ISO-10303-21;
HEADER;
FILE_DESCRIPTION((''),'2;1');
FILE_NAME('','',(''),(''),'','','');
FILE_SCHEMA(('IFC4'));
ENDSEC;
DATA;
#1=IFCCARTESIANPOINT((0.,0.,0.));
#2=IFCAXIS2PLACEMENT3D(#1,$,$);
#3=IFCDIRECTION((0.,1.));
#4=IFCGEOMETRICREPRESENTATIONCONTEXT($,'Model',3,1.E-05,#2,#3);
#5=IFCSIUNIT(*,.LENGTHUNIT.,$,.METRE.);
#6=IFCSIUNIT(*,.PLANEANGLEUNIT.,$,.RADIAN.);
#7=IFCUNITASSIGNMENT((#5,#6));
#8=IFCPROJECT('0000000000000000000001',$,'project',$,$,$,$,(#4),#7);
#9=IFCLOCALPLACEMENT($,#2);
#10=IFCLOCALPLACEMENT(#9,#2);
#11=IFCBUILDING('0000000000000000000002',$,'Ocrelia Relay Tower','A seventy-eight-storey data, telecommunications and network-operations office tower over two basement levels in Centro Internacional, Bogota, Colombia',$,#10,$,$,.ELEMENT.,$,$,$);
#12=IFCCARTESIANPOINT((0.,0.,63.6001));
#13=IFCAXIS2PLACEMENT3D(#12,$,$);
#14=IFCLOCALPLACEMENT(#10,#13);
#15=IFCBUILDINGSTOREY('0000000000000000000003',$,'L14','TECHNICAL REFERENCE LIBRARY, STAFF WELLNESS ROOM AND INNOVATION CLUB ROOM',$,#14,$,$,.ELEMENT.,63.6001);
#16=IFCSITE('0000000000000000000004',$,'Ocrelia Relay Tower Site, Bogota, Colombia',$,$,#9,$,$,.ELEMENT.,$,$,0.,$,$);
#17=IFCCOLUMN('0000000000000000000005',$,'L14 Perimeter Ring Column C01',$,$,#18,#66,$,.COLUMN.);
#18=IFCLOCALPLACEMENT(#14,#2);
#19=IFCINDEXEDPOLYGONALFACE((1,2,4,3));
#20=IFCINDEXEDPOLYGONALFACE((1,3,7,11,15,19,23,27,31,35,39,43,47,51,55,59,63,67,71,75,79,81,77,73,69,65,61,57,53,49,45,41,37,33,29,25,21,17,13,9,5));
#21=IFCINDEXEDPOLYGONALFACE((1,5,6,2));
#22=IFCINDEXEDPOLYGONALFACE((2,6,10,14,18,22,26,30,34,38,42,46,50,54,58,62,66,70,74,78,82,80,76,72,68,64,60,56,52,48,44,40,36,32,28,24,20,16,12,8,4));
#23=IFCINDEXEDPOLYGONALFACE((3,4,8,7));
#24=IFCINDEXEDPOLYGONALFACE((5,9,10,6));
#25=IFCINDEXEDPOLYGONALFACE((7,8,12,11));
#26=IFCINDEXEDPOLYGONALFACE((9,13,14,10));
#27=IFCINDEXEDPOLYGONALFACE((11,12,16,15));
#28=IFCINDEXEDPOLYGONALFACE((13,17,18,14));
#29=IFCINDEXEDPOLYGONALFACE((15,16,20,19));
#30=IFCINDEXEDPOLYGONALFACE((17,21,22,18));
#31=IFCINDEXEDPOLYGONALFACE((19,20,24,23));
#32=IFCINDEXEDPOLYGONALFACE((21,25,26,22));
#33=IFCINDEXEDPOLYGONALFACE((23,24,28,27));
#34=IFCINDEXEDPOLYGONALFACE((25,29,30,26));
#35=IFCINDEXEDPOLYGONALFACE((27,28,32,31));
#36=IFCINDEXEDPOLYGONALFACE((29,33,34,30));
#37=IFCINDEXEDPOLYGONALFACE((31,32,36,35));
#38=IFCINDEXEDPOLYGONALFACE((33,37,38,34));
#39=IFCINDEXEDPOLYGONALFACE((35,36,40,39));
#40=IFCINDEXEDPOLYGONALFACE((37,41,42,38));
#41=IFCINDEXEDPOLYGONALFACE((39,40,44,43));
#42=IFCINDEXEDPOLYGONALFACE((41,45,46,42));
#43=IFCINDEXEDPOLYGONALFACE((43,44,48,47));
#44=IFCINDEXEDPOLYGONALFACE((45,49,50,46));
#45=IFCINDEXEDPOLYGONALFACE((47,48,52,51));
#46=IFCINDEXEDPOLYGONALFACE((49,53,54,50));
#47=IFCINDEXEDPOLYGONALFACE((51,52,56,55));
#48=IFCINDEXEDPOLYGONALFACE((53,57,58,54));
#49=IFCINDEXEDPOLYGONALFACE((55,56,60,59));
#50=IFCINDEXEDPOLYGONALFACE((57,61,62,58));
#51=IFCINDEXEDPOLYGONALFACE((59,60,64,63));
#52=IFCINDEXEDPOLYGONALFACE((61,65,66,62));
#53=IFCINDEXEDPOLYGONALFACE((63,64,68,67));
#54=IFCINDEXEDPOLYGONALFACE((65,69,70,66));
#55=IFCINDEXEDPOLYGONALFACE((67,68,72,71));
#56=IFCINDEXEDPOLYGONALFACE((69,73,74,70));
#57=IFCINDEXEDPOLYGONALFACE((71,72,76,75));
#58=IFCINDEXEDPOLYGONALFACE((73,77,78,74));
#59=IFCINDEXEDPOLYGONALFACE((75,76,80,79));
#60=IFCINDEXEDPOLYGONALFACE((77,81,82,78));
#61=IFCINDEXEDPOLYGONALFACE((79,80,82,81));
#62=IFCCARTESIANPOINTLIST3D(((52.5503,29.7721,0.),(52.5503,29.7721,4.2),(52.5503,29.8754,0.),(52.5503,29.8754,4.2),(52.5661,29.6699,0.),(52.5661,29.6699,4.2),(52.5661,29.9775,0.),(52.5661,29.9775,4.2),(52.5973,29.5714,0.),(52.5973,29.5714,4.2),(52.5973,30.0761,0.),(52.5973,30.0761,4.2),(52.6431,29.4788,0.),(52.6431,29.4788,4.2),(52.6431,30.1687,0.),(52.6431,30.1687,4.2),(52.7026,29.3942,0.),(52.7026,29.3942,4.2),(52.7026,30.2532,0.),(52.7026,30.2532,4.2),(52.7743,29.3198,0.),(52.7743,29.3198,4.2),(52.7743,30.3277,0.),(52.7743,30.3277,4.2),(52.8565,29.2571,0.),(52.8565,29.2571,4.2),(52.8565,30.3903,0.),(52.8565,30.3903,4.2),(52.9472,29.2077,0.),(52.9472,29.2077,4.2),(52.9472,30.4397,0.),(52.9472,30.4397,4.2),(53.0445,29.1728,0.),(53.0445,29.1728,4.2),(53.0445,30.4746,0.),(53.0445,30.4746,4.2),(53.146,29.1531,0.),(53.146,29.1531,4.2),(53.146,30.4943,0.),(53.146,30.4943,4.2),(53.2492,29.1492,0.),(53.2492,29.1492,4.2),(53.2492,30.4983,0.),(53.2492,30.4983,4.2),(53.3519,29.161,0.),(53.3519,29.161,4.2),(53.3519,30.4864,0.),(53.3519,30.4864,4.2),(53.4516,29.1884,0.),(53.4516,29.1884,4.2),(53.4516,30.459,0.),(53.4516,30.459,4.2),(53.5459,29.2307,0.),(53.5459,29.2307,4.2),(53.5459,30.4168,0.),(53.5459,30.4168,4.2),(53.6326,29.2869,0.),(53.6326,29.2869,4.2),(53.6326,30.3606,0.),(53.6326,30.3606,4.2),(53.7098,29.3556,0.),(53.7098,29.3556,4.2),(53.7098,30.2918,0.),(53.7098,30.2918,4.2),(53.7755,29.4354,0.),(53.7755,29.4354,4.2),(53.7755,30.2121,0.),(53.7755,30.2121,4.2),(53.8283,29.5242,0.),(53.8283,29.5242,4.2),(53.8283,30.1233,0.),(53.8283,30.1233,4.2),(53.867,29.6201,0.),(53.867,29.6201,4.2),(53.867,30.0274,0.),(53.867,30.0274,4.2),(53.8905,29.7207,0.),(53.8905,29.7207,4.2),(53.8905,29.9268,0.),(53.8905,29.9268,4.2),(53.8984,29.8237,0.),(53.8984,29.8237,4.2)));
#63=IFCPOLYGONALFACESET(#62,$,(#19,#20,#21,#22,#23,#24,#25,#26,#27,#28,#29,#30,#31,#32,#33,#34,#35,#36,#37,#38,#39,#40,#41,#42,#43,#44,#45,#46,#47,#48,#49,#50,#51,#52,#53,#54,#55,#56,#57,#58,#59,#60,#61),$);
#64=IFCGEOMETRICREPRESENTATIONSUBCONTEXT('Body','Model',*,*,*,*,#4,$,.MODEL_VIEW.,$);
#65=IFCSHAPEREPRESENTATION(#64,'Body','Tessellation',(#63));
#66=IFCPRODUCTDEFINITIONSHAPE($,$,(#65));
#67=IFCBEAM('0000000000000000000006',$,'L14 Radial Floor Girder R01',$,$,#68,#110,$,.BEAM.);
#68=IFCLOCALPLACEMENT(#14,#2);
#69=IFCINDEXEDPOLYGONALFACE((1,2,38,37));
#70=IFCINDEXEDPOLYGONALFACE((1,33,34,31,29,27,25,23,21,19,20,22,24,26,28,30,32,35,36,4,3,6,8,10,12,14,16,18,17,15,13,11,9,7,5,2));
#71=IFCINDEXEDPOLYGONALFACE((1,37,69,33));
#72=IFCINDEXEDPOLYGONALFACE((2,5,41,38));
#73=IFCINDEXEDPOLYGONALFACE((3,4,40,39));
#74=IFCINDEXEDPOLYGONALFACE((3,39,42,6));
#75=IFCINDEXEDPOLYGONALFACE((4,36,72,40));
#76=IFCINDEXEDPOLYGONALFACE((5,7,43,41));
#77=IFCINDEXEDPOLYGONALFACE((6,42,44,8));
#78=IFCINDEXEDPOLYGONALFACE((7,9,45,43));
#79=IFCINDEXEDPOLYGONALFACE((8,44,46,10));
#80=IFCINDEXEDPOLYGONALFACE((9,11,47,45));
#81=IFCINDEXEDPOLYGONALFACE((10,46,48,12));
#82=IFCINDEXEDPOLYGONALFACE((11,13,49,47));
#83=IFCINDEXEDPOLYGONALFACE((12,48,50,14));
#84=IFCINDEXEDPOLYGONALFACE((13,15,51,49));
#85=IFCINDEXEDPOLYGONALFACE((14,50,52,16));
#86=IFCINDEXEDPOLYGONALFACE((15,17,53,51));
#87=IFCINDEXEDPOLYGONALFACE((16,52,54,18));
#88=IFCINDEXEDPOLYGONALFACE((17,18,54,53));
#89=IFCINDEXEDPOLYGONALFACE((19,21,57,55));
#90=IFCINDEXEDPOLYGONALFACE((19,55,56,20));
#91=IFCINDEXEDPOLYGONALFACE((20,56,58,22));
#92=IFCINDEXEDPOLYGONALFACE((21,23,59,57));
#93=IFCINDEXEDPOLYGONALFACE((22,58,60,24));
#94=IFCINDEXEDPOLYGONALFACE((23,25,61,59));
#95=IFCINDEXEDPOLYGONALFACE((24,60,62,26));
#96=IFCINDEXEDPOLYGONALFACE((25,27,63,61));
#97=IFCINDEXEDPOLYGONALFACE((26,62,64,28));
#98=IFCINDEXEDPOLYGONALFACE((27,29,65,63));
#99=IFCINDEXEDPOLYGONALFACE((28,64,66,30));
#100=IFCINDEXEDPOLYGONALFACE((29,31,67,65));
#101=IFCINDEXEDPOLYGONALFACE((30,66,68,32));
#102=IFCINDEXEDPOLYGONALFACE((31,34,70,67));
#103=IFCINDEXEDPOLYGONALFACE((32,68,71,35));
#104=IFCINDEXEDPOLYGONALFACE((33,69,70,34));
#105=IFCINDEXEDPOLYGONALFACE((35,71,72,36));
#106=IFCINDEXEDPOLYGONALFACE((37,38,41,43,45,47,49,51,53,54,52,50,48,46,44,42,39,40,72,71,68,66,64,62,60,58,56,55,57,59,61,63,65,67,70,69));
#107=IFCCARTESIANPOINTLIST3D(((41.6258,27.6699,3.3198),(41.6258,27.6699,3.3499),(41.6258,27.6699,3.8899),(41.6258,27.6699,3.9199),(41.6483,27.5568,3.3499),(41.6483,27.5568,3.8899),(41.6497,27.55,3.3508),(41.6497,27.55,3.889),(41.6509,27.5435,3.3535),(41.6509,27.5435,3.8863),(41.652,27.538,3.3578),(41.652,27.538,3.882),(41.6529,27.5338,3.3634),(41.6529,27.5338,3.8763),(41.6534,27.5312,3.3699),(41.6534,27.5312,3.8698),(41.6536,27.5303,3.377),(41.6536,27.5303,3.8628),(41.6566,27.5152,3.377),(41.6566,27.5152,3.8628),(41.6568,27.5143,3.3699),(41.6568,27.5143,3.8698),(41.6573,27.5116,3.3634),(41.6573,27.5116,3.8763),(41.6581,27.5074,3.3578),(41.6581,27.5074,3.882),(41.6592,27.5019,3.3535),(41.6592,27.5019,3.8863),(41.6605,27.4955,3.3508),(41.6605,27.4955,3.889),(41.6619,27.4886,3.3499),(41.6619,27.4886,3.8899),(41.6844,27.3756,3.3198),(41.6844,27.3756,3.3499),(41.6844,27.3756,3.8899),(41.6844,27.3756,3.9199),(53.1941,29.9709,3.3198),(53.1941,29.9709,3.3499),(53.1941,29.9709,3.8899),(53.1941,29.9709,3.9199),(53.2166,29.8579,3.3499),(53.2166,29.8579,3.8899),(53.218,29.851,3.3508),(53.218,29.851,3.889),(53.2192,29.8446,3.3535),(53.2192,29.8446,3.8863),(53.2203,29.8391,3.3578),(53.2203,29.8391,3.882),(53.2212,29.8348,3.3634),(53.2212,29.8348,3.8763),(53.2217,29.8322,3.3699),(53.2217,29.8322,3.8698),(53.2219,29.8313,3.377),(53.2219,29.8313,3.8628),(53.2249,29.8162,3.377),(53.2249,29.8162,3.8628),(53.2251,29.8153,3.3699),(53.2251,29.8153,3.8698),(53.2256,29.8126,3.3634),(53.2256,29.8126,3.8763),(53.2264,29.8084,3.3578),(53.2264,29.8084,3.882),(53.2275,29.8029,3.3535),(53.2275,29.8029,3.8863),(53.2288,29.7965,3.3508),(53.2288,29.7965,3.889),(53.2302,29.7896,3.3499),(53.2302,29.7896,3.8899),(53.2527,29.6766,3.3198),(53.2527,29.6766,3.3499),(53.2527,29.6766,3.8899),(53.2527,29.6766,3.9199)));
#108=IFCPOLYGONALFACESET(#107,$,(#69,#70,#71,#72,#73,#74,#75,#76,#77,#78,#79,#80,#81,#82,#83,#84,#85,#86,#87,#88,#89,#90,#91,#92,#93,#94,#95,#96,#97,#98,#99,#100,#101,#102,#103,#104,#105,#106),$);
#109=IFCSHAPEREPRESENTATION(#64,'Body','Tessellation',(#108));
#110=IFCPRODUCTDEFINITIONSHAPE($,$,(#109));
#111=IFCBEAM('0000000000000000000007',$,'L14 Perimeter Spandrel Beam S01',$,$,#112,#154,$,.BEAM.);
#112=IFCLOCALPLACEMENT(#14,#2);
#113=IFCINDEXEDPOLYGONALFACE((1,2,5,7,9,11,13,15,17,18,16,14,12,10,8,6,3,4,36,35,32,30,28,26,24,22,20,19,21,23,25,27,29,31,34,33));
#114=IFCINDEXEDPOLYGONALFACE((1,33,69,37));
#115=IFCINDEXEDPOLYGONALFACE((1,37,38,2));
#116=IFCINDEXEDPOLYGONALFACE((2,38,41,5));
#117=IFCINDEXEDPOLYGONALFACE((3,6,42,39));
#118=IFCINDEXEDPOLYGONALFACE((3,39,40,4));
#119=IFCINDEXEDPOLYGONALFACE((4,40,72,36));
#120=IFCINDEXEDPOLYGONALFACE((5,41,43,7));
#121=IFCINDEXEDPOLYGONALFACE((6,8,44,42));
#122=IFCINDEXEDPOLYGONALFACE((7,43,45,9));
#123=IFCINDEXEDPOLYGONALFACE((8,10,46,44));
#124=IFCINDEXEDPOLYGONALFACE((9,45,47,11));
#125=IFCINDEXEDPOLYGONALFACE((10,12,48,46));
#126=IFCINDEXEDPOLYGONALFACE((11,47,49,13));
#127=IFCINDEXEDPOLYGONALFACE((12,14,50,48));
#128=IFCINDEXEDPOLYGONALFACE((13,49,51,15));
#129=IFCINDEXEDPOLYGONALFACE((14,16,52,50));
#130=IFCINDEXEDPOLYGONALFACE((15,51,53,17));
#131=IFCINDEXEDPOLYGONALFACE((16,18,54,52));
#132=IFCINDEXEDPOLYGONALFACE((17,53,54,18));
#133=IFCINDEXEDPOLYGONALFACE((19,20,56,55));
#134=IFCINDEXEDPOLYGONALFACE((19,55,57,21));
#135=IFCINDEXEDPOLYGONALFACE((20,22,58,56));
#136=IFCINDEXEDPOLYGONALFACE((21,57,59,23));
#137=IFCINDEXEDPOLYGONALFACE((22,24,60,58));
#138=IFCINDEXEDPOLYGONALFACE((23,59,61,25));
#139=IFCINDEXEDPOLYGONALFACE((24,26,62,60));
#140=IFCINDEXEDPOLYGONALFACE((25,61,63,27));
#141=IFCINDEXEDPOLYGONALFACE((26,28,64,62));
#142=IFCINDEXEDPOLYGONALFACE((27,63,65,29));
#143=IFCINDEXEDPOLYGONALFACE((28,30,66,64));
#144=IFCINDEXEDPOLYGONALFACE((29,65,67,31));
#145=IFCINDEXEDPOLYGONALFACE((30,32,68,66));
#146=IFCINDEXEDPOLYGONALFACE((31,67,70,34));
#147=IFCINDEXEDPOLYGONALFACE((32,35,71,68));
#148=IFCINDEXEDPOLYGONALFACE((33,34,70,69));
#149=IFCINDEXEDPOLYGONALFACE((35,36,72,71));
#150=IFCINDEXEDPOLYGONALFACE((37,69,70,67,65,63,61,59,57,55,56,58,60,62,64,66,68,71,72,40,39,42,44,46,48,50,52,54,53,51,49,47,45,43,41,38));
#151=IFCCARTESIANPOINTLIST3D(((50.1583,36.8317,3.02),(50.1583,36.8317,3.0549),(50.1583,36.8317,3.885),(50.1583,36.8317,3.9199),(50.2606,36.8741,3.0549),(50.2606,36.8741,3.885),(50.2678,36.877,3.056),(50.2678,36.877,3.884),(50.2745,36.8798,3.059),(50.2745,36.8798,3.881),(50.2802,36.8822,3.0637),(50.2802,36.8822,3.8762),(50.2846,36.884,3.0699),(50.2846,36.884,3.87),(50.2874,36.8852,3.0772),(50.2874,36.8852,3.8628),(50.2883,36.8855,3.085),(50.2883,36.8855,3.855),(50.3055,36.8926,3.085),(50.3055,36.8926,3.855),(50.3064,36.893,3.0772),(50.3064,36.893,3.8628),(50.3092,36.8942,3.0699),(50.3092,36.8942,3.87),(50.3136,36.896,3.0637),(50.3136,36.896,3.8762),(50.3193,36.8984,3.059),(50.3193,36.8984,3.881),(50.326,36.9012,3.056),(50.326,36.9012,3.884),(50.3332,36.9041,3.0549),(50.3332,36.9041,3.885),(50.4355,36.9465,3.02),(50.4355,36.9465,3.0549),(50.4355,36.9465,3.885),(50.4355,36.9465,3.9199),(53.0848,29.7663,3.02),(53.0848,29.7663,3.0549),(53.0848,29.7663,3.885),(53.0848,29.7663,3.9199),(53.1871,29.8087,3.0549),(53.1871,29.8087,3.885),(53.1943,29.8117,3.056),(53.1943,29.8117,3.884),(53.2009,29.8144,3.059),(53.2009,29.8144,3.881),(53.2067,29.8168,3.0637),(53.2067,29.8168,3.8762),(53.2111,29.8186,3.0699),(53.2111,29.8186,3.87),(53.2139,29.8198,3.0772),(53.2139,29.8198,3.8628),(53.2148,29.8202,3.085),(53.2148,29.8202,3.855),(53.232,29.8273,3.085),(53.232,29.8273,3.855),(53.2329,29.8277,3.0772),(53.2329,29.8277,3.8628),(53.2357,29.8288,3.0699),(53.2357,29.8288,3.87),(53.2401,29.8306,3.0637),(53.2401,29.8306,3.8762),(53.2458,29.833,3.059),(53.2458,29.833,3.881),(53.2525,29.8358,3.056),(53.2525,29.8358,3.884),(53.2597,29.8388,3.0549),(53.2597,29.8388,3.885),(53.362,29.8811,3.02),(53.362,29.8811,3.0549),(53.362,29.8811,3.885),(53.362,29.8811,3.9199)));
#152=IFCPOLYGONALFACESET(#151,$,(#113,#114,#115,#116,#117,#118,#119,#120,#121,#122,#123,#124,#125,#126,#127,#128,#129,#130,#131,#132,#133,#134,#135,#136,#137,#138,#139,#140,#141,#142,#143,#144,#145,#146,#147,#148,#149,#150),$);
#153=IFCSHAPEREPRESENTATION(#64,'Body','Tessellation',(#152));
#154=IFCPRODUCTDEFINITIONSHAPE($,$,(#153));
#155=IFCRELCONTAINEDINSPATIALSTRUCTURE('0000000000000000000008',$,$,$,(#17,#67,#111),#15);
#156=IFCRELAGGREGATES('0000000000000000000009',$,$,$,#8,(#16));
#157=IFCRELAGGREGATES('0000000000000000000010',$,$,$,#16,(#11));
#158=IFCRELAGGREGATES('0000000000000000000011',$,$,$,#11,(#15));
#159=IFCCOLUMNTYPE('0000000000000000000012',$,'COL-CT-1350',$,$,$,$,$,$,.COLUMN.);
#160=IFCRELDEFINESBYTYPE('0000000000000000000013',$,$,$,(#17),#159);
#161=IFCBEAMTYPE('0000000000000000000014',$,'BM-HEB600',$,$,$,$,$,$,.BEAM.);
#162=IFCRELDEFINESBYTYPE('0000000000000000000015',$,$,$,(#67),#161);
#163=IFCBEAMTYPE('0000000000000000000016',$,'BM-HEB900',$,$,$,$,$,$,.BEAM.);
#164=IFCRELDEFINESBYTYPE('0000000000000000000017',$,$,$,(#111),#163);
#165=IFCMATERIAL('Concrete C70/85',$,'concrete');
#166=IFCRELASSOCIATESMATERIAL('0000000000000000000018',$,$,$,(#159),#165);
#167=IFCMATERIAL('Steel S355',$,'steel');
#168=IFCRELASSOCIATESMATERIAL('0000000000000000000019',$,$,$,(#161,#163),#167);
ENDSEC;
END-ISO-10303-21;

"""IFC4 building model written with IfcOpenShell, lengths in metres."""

from ifc_helpers import new_model, si_unit, direction, frame, origin, origin_2d, place, context, subcontext, project, spatial, circle, i_section, extrude, material, material_profile, profile_set, type_object, element, save


model = new_model("IFC4")

# Units and contexts
model_context = context("Model", 3, precision=1e-05, world=origin(), true_north=direction((0.0, 1.0)))
body_context = subcontext(model_context, "Body", "Model", "MODEL_VIEW")
ifc_project = project(units=[si_unit("LENGTHUNIT", "METRE"), si_unit("PLANEANGLEUNIT", "RADIAN")], contexts=[model_context])

# Site, building, storey
site_placement = place(None, origin())
site = spatial("IfcSite", under=ifc_project, at=site_placement, Name="Ocrelia Relay Tower Site, Bogota, Colombia", CompositionType="ELEMENT", RefElevation=0.0)
building_placement = place(site_placement, origin())
building = spatial("IfcBuilding", under=site, at=building_placement, Name="Ocrelia Relay Tower", Description="A seventy-eight-storey data, telecommunications and network-operations office tower over two basement levels in Centro Internacional, Bogota, Colombia", CompositionType="ELEMENT")
storey_placement = place(building_placement, frame((0.0, 0.0, 63.6001)))
storey = spatial("IfcBuildingStorey", under=building, at=storey_placement, Name="L14", Description="TECHNICAL REFERENCE LIBRARY, STAFF WELLNESS ROOM AND INNOVATION CLUB ROOM", CompositionType="ELEMENT", Elevation=63.6001)

# Column
ifc_material_1 = material(Name="Concrete C70/85", Category="concrete")
ifc_material_profile_1 = material_profile(ifc_material_1, circle(Radius=0.675, at=origin_2d()), Name="RC-CIR-1350")
ifc_profile_set_1 = profile_set([ifc_material_profile_1], Name="Concrete C70/85")
column_type = type_object("IfcColumnType", Name="COL-CT-1350", PredefinedType="COLUMN", material=ifc_profile_set_1)
column_placement = place(storey_placement, frame((53.2234, 29.8237, 0.0), z_axis=(0.0, 0.0, 1.0), x_axis=(1.0, 0.0, 0.0)))
element("IfcColumn", 1, at=column_placement, inside=storey, type_object=column_type, Name="L14 Perimeter Ring Column C01", PredefinedType="COLUMN", context=body_context, shape_type="SweptSolid", body=[
    extrude(circle(Radius=0.675, at=origin_2d()), origin(), (0.0, 0.0, 1.0), 4.2),
])

# Beams
ifc_material_2 = material(Name="Steel S355", Category="steel")
ifc_material_profile_2 = material_profile(ifc_material_2, i_section(OverallWidth=0.3, OverallDepth=0.6001, WebThickness=0.0154, FlangeThickness=0.03, FilletRadius=0.0271, at=origin_2d()), Name="HEB 600")
ifc_profile_set_2 = profile_set([ifc_material_profile_2], Name="Steel S355")
beam_type_1 = type_object("IfcBeamType", Name="BM-HEB600", PredefinedType="BEAM", material=ifc_profile_set_2)
beam_1_placement = place(storey_placement, frame((53.2234, 29.8237, 3.6199), z_axis=(-0.980786, -0.195085, 0.0), x_axis=(0.195085, -0.980786, 0.0)))
element("IfcBeam", 2, at=beam_1_placement, inside=storey, type_object=beam_type_1, Name="L14 Radial Floor Girder R01", PredefinedType="BEAM", context=body_context, shape_type="SweptSolid", body=[
    extrude(i_section(OverallWidth=0.3, OverallDepth=0.6001, WebThickness=0.0154, FlangeThickness=0.03, FilletRadius=0.0271, at=origin_2d()), origin(), (0.0, 0.0, 1.0), 11.7949),
])
ifc_material_profile_3 = material_profile(ifc_material_2, i_section(OverallWidth=0.3, OverallDepth=0.8999, WebThickness=0.0186, FlangeThickness=0.0349, FilletRadius=0.03, at=origin_2d()), Name="HEB 900")
ifc_profile_set_3 = profile_set([ifc_material_profile_3], Name="Steel S355")
beam_type_2 = type_object("IfcBeamType", Name="BM-HEB900", PredefinedType="BEAM", material=ifc_profile_set_3)
beam_2_placement = place(storey_placement, frame((53.2234, 29.8237, 3.47), z_axis=(-0.382674, 0.923883, 0.0), x_axis=(-0.923883, -0.382674, 0.0)))
element("IfcBeam", 3, at=beam_2_placement, inside=storey, type_object=beam_type_2, Name="L14 Perimeter Spandrel Beam S01", PredefinedType="BEAM", context=body_context, shape_type="SweptSolid", body=[
    extrude(i_section(OverallWidth=0.3, OverallDepth=0.8999, WebThickness=0.0186, FlangeThickness=0.0349, FilletRadius=0.03, at=origin_2d()), origin(), (0.0, 0.0, 1.0), 7.6475),
])

save(model, "model.ifc")
